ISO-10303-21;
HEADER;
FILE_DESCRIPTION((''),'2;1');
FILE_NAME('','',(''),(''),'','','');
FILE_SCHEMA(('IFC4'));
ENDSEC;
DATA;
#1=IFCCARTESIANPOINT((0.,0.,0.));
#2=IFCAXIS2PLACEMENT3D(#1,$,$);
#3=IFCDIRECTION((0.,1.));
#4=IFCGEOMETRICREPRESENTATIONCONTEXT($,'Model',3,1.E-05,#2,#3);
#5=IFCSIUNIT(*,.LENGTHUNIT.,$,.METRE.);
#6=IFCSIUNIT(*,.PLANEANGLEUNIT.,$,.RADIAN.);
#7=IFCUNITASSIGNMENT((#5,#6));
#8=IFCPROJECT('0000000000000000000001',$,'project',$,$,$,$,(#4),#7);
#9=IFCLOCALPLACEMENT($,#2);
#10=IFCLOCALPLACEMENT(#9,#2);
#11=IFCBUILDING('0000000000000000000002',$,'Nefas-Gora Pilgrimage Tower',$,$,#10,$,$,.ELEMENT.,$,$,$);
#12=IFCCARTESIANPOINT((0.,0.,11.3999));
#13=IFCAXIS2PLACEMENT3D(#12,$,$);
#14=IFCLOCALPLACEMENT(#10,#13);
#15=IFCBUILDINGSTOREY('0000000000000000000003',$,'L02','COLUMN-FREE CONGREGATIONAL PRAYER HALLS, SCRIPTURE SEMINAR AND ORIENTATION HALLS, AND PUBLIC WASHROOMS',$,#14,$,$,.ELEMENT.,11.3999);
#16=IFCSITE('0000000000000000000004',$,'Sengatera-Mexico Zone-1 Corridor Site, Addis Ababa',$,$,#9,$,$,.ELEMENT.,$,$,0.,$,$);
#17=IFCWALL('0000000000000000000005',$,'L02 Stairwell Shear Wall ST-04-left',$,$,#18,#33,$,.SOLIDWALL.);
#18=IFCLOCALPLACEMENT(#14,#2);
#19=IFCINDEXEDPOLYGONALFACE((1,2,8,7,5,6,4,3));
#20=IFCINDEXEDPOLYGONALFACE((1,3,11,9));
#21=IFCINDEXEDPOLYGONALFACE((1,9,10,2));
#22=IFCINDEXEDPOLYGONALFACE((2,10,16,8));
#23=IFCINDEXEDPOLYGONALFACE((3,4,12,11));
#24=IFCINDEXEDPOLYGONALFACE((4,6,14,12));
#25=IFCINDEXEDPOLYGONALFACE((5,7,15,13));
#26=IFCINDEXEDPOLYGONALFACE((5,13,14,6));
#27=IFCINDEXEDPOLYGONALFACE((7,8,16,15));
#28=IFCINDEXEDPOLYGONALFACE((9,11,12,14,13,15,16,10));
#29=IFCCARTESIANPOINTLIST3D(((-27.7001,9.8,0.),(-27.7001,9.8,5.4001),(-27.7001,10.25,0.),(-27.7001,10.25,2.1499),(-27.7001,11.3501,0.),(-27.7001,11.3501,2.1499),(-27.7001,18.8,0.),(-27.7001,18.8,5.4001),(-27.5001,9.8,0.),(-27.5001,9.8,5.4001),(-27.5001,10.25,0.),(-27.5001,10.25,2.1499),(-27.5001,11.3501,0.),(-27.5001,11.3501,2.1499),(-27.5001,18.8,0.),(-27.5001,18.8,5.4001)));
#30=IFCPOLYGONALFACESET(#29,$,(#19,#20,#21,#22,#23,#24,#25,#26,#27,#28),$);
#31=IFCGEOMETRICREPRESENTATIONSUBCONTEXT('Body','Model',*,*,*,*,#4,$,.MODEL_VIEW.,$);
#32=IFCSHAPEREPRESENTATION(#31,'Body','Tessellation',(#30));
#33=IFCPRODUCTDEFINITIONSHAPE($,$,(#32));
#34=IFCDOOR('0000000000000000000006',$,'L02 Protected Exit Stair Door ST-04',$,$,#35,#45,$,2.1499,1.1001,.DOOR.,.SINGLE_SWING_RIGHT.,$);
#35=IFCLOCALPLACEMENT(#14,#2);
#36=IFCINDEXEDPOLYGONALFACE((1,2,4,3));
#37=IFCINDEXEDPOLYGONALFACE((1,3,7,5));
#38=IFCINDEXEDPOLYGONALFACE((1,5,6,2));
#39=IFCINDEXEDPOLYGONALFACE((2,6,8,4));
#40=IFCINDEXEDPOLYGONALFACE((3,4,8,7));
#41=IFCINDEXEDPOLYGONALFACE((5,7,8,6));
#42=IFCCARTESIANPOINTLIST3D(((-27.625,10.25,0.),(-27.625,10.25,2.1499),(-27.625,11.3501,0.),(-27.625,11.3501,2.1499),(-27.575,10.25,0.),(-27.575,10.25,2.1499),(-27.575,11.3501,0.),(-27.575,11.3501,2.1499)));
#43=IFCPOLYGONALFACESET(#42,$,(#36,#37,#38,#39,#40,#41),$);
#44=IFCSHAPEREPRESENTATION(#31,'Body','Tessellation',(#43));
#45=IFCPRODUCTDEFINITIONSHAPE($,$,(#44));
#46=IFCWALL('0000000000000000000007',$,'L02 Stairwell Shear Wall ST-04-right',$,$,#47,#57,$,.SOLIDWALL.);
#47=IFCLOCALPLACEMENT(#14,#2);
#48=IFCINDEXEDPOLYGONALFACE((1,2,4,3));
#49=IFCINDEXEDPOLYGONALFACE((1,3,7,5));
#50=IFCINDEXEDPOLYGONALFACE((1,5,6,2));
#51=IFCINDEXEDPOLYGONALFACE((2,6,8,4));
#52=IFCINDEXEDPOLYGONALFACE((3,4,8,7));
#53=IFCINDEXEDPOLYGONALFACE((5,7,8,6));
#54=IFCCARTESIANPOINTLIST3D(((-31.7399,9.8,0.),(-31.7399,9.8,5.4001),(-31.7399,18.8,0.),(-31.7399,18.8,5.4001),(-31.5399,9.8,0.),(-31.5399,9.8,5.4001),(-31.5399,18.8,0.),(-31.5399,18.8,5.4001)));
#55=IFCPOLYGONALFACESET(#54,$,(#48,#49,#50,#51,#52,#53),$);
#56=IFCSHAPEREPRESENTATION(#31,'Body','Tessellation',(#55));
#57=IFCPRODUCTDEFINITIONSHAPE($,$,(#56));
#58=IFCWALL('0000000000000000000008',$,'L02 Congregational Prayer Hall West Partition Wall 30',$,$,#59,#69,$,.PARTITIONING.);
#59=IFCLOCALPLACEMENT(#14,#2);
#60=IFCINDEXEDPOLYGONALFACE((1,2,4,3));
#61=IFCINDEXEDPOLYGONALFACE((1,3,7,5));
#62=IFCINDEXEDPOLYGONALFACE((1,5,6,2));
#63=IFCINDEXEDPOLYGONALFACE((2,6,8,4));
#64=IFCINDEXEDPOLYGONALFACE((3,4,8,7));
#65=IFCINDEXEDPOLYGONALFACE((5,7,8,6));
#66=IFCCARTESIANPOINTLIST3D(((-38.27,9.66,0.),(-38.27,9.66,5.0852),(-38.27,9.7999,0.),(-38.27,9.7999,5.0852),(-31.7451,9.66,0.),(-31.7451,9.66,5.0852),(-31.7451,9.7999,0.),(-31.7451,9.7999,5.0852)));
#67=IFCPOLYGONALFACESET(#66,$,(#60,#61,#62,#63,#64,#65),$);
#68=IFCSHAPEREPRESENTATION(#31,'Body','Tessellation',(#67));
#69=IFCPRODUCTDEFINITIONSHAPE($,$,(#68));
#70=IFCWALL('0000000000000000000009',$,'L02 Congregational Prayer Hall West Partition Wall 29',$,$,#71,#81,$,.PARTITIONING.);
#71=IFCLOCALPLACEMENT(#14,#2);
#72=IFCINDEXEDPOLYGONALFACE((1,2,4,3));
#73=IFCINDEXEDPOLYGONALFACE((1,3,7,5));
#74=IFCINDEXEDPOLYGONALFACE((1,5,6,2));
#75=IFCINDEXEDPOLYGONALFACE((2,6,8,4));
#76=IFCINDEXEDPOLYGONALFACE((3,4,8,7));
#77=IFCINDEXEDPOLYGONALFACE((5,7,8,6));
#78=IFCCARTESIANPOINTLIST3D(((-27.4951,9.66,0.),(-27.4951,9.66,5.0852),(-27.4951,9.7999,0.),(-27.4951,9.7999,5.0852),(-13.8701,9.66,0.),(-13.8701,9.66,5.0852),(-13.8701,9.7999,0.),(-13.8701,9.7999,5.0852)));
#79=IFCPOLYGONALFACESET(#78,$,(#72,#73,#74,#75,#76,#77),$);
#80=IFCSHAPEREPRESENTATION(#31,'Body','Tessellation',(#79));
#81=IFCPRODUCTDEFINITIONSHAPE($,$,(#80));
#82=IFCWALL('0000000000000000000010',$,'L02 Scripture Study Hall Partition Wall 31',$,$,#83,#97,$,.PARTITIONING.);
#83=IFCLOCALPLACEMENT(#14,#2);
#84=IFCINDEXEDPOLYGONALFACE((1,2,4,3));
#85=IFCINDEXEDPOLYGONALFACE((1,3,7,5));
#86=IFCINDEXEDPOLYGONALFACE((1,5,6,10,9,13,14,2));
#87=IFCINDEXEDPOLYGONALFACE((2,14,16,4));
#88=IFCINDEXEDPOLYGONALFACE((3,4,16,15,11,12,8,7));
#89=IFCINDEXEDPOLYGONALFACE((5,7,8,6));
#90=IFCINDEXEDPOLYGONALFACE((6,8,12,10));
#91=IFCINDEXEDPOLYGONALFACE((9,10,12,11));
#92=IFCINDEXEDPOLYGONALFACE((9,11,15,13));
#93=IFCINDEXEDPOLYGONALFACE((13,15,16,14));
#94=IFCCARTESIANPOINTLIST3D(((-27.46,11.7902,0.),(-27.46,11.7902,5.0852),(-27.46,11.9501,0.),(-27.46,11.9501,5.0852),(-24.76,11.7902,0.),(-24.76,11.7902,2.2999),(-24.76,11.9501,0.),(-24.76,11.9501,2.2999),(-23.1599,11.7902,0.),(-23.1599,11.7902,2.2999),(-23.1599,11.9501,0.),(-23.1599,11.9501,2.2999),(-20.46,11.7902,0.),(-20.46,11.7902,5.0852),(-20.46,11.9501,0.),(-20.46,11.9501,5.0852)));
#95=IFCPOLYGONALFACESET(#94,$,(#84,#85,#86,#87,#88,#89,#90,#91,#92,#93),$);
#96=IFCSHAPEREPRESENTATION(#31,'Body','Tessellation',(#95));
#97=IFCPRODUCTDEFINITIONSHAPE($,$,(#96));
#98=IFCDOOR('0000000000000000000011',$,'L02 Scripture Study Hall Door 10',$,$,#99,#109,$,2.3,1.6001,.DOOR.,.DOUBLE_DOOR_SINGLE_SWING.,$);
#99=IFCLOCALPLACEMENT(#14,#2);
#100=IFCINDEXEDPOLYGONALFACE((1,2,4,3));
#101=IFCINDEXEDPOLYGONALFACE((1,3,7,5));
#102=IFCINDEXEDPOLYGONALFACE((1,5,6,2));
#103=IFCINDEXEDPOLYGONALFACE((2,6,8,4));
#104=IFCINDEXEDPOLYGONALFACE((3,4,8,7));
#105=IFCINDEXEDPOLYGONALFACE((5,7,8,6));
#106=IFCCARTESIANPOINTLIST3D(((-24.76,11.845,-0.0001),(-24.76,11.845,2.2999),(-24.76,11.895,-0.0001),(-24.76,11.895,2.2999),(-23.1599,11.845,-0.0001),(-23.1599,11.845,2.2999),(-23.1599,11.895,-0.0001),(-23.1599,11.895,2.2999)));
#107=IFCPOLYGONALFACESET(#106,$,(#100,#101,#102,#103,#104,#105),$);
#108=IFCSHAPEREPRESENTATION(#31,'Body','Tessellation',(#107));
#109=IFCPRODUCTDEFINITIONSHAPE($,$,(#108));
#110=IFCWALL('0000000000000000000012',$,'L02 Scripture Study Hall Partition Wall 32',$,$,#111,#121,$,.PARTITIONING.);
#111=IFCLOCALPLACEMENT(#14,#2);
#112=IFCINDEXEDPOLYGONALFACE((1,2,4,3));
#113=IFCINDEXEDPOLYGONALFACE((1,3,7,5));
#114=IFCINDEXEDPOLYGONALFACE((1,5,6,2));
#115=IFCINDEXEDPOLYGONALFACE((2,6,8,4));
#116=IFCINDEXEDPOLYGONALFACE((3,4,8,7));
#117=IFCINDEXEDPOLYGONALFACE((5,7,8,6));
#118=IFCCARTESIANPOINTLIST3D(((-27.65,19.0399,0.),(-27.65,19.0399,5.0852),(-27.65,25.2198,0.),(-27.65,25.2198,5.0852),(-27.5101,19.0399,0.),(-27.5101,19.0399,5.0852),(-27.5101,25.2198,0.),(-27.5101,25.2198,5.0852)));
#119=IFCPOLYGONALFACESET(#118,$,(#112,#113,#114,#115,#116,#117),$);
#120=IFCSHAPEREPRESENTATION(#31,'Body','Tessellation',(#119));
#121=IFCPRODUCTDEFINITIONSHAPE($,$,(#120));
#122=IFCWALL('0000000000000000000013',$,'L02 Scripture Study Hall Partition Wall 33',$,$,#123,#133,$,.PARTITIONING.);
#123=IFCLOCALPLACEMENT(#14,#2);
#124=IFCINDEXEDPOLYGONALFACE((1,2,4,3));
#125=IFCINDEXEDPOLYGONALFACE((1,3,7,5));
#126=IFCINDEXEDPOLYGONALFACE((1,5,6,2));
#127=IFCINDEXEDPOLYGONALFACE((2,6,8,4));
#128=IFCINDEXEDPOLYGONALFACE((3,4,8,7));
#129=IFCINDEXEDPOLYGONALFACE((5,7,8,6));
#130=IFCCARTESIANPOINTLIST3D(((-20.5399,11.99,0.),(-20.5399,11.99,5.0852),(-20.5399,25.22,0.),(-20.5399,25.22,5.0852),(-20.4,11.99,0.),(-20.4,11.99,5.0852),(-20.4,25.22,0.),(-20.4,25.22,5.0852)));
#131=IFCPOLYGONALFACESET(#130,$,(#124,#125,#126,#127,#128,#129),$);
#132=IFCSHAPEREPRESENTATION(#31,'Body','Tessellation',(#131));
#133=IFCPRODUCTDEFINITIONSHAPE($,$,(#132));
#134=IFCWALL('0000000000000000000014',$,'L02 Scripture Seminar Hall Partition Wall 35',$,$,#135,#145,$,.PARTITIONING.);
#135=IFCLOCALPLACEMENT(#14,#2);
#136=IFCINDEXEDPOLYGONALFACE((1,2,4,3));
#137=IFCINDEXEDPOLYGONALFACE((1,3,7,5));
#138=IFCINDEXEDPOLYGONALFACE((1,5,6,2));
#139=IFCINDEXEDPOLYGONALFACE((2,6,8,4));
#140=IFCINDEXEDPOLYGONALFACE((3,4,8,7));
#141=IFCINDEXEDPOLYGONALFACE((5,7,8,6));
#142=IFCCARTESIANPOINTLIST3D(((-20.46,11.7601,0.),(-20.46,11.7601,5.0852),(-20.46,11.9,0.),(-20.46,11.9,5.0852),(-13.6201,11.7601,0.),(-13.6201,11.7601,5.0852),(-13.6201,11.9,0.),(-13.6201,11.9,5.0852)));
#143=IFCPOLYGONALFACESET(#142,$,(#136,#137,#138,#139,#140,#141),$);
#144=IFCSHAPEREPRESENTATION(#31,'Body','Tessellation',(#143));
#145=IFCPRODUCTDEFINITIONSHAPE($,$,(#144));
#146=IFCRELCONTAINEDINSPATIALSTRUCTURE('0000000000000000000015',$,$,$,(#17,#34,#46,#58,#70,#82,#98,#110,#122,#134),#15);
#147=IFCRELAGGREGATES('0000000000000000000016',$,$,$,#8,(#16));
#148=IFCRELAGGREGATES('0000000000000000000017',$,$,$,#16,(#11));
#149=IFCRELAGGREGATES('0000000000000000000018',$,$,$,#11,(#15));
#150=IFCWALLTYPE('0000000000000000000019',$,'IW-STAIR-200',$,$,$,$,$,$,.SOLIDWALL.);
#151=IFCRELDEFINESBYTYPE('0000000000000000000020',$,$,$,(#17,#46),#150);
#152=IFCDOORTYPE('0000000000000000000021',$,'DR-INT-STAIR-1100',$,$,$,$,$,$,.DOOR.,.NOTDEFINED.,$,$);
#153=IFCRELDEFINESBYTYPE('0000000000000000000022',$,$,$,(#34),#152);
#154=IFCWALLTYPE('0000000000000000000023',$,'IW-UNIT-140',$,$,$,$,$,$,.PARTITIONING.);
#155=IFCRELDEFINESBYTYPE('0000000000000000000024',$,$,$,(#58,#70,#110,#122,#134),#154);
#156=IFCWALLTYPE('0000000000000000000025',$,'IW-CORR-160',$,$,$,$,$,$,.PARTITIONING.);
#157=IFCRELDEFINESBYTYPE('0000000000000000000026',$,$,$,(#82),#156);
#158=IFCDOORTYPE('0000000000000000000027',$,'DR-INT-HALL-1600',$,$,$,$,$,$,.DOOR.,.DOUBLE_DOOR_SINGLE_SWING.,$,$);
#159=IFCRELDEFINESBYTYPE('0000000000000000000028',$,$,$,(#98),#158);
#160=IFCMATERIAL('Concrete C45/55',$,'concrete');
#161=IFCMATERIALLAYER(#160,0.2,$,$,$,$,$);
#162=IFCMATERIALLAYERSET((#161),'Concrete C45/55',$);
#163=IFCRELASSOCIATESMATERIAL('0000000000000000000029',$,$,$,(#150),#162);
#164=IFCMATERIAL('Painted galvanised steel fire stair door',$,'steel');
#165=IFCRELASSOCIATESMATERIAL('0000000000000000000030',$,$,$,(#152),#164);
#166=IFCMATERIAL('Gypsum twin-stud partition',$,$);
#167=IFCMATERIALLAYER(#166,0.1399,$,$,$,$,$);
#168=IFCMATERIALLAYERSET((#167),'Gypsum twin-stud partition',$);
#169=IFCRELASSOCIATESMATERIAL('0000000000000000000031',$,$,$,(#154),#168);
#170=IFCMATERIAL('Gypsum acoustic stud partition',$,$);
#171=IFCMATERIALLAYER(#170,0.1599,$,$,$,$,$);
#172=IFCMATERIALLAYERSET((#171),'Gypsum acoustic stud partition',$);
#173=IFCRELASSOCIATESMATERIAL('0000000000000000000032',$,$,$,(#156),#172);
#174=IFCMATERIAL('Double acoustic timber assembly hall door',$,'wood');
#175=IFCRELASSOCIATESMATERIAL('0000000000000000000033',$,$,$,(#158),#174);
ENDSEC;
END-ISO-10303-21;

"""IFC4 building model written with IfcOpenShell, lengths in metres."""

from ifc_helpers import new_model, si_unit, direction, frame, frame_2d, origin, place, context, subcontext, project, spatial, rectangle, extrude, source, transform, mapped, material, layer, layer_set, type_object, element, fill, save


model = new_model("IFC4")

# Units and contexts
model_context = context("Model", 3, precision=1e-05, world=origin(), true_north=direction((0.0, 1.0)))
body_context = subcontext(model_context, "Body", "Model", "MODEL_VIEW")
ifc_project = project(units=[si_unit("LENGTHUNIT", "METRE"), si_unit("PLANEANGLEUNIT", "RADIAN")], contexts=[model_context])

# Site, building, storey
site_placement = place(None, origin())
site = spatial("IfcSite", under=ifc_project, at=site_placement, Name="Sengatera-Mexico Zone-1 Corridor Site, Addis Ababa", CompositionType="ELEMENT", RefElevation=0.0)
building_placement = place(site_placement, origin())
building = spatial("IfcBuilding", under=site, at=building_placement, Name="Nefas-Gora Pilgrimage Tower", CompositionType="ELEMENT")
storey_placement = place(building_placement, frame((0.0, 0.0, 11.3999)))
storey = spatial("IfcBuildingStorey", under=building, at=storey_placement, Name="L02", Description="COLUMN-FREE CONGREGATIONAL PRAYER HALLS, SCRIPTURE SEMINAR AND ORIENTATION HALLS, AND PUBLIC WASHROOMS", CompositionType="ELEMENT", Elevation=11.3999)

# Shared definitions
ifc_material_1 = material(Name="Concrete C45/55", Category="concrete")
ifc_layer_1 = layer(ifc_material_1, 0.2)
ifc_layer_set_1 = layer_set([ifc_layer_1], Name="Concrete C45/55")
wall_type_1 = type_object("IfcWallType", Name="IW-STAIR-200", PredefinedType="SOLIDWALL", material=ifc_layer_set_1)

# Wall, opening, door
shared_shape_1 = source(origin(), body_context, "Body", "SweptSolid", [
    extrude(rectangle(XDim=9.0, YDim=0.2, at=frame_2d((4.5, 0.0))), origin(), (0.0, 0.0, 1.0), 5.4001),
])
wall_1_placement = place(storey_placement, frame((-27.6001, 9.8, 0.0), z_axis=(0.0, 0.0, 1.0), x_axis=(0.0, 1.0, 0.0)))
wall_1 = element("IfcWall", 1, at=wall_1_placement, inside=storey, type_object=wall_type_1, Name="L02 Stairwell Shear Wall ST-04-left", PredefinedType="SOLIDWALL", context=body_context, shape_type="MappedRepresentation", body=[
    mapped(shared_shape_1, transform((0.0, 0.0, 0.0), x_axis=(1.0, 0.0, 0.0), y_axis=(0.0, 1.0, 0.0), z_axis=(0.0, 0.0, 1.0), scale=1.0)),
])
opening_1_placement = place(wall_1_placement, frame((0.45, 0.0, 0.0)))
opening_1 = element("IfcOpeningElement", 2, at=opening_1_placement, cuts=wall_1, PredefinedType="OPENING", context=body_context, shape_type="SweptSolid", body=[
    extrude(rectangle(XDim=1.1001, YDim=2.1499, at=frame_2d((0.55, 1.075))), frame((0.0, 0.1099, 0.0), z_axis=(0.0, -1.0, 0.0), x_axis=(1.0, 0.0, 0.0)), (0.0, 0.0, 1.0), 0.22),
])
ifc_material_2 = material(Name="Painted galvanised steel fire stair door", Category="steel")
door_type_1 = type_object("IfcDoorType", Name="DR-INT-STAIR-1100", OperationType="NOTDEFINED", PredefinedType="DOOR", material=ifc_material_2)
shared_shape_2 = source(origin(), body_context, "Body", "SweptSolid", [
    extrude(rectangle(XDim=1.1001, YDim=2.1499, at=frame_2d((0.55, 1.075))), frame((0.0, 0.0249, 0.0), z_axis=(0.0, -1.0, 0.0), x_axis=(1.0, 0.0, 0.0)), (0.0, 0.0, 1.0), 0.05),
])
door_1_placement = place(opening_1_placement, origin())
door_1 = element("IfcDoor", 3, at=door_1_placement, inside=storey, type_object=door_type_1, Name="L02 Protected Exit Stair Door ST-04", OperationType="SINGLE_SWING_RIGHT", OverallHeight=2.1499, OverallWidth=1.1001, PredefinedType="DOOR", context=body_context, shape_type="MappedRepresentation", body=[
    mapped(shared_shape_2, transform((0.0, 0.0, 0.0), x_axis=(1.0, 0.0, 0.0), y_axis=(0.0, 1.0, 0.0), z_axis=(0.0, 0.0, 1.0), scale=1.0)),
])
fill(opening_1, door_1)

# Walls
wall_2_placement = place(storey_placement, frame((-31.6399, 9.8, 0.0), z_axis=(0.0, 0.0, 1.0), x_axis=(0.0, 1.0, 0.0)))
element("IfcWall", 4, at=wall_2_placement, inside=storey, type_object=wall_type_1, Name="L02 Stairwell Shear Wall ST-04-right", PredefinedType="SOLIDWALL", context=body_context, shape_type="MappedRepresentation", body=[
    mapped(shared_shape_1, transform((0.0, 0.0, 0.0), x_axis=(1.0, 0.0, 0.0), y_axis=(0.0, 1.0, 0.0), z_axis=(0.0, 0.0, 1.0), scale=1.0)),
])
ifc_material_3 = material(Name="Gypsum twin-stud partition")
ifc_layer_2 = layer(ifc_material_3, 0.1399)
ifc_layer_set_2 = layer_set([ifc_layer_2], Name="Gypsum twin-stud partition")
wall_type_2 = type_object("IfcWallType", Name="IW-UNIT-140", PredefinedType="PARTITIONING", material=ifc_layer_set_2)
shared_shape_3 = source(origin(), body_context, "Body", "SweptSolid", [
    extrude(rectangle(XDim=6.5249, YDim=0.1399, at=frame_2d((3.2625, 0.0))), origin(), (0.0, 0.0, 1.0), 5.0852),
])
wall_3_placement = place(storey_placement, frame((-38.27, 9.73, 0.0), z_axis=(0.0, 0.0, 1.0), x_axis=(1.0, 0.0, 0.0)))
element("IfcWall", 5, at=wall_3_placement, inside=storey, type_object=wall_type_2, Name="L02 Congregational Prayer Hall West Partition Wall 30", PredefinedType="PARTITIONING", context=body_context, shape_type="MappedRepresentation", body=[
    mapped(shared_shape_3, transform((0.0, 0.0, 0.0), x_axis=(1.0, 0.0, 0.0), y_axis=(0.0, 1.0, 0.0), z_axis=(0.0, 0.0, 1.0), scale=1.0)),
])
shared_shape_4 = source(origin(), body_context, "Body", "SweptSolid", [
    extrude(rectangle(XDim=13.625, YDim=0.1399, at=frame_2d((6.8125, 0.0))), origin(), (0.0, 0.0, 1.0), 5.0852),
])
wall_4_placement = place(storey_placement, frame((-27.4951, 9.73, 0.0), z_axis=(0.0, 0.0, 1.0), x_axis=(1.0, 0.0, 0.0)))
element("IfcWall", 6, at=wall_4_placement, inside=storey, type_object=wall_type_2, Name="L02 Congregational Prayer Hall West Partition Wall 29", PredefinedType="PARTITIONING", context=body_context, shape_type="MappedRepresentation", body=[
    mapped(shared_shape_4, transform((0.0, 0.0, 0.0), x_axis=(1.0, 0.0, 0.0), y_axis=(0.0, 1.0, 0.0), z_axis=(0.0, 0.0, 1.0), scale=1.0)),
])

# Wall, opening, door
ifc_material_4 = material(Name="Gypsum acoustic stud partition")
ifc_layer_3 = layer(ifc_material_4, 0.1599)
ifc_layer_set_3 = layer_set([ifc_layer_3], Name="Gypsum acoustic stud partition")
wall_type_3 = type_object("IfcWallType", Name="IW-CORR-160", PredefinedType="PARTITIONING", material=ifc_layer_set_3)
shared_shape_5 = source(origin(), body_context, "Body", "SweptSolid", [
    extrude(rectangle(XDim=7.0, YDim=0.1599, at=frame_2d((3.5, 0.0))), origin(), (0.0, 0.0, 1.0), 5.0852),
])
wall_5_placement = place(storey_placement, frame((-27.46, 11.8701, 0.0), z_axis=(0.0, 0.0, 1.0), x_axis=(1.0, 0.0, 0.0)))
wall_5 = element("IfcWall", 7, at=wall_5_placement, inside=storey, type_object=wall_type_3, Name="L02 Scripture Study Hall Partition Wall 31", PredefinedType="PARTITIONING", context=body_context, shape_type="MappedRepresentation", body=[
    mapped(shared_shape_5, transform((0.0, 0.0, 0.0), x_axis=(1.0, 0.0, 0.0), y_axis=(0.0, 1.0, 0.0), z_axis=(0.0, 0.0, 1.0), scale=1.0)),
])
opening_2_placement = place(wall_5_placement, frame((2.7, 0.0, 0.0)))
opening_2 = element("IfcOpeningElement", 8, at=opening_2_placement, cuts=wall_5, PredefinedType="OPENING", context=body_context, shape_type="SweptSolid", body=[
    extrude(rectangle(XDim=1.6001, YDim=2.3, at=frame_2d((0.8, 1.1499))), frame((0.0, 0.0898, 0.0), z_axis=(0.0, -1.0, 0.0), x_axis=(1.0, 0.0, 0.0)), (0.0, 0.0, 1.0), 0.1799),
])
ifc_material_5 = material(Name="Double acoustic timber assembly hall door", Category="wood")
door_type_2 = type_object("IfcDoorType", Name="DR-INT-HALL-1600", OperationType="DOUBLE_DOOR_SINGLE_SWING", PredefinedType="DOOR", material=ifc_material_5)
shared_shape_6 = source(origin(), body_context, "Body", "SweptSolid", [
    extrude(rectangle(XDim=1.6001, YDim=2.3, at=frame_2d((0.8, 1.1499))), frame((0.0, 0.0249, 0.0), z_axis=(0.0, -1.0, 0.0), x_axis=(1.0, 0.0, 0.0)), (0.0, 0.0, 1.0), 0.05),
])
door_2_placement = place(opening_2_placement, origin())
door_2 = element("IfcDoor", 9, at=door_2_placement, inside=storey, type_object=door_type_2, Name="L02 Scripture Study Hall Door 10", OperationType="DOUBLE_DOOR_SINGLE_SWING", OverallHeight=2.3, OverallWidth=1.6001, PredefinedType="DOOR", context=body_context, shape_type="MappedRepresentation", body=[
    mapped(shared_shape_6, transform((0.0, 0.0, 0.0), x_axis=(1.0, 0.0, 0.0), y_axis=(0.0, 1.0, 0.0), z_axis=(0.0, 0.0, 1.0), scale=1.0)),
])
fill(opening_2, door_2)

# Walls
shared_shape_7 = source(origin(), body_context, "Body", "SweptSolid", [
    extrude(rectangle(XDim=6.1799, YDim=0.1399, at=frame_2d((3.0898, 0.0))), origin(), (0.0, 0.0, 1.0), 5.0852),
])
wall_6_placement = place(storey_placement, frame((-27.5801, 19.04, 0.0), z_axis=(0.0, 0.0, 1.0), x_axis=(0.0, 1.0, 0.0)))
element("IfcWall", 10, at=wall_6_placement, inside=storey, type_object=wall_type_2, Name="L02 Scripture Study Hall Partition Wall 32", PredefinedType="PARTITIONING", context=body_context, shape_type="MappedRepresentation", body=[
    mapped(shared_shape_7, transform((0.0, 0.0, 0.0), x_axis=(1.0, 0.0, 0.0), y_axis=(0.0, 1.0, 0.0), z_axis=(0.0, 0.0, 1.0), scale=1.0)),
])
shared_shape_8 = source(origin(), body_context, "Body", "SweptSolid", [
    extrude(rectangle(XDim=13.23, YDim=0.1399, at=frame_2d((6.615, 0.0))), origin(), (0.0, 0.0, 1.0), 5.0852),
])
wall_7_placement = place(storey_placement, frame((-20.47, 11.99, 0.0), z_axis=(0.0, 0.0, 1.0), x_axis=(0.0, 1.0, 0.0)))
element("IfcWall", 11, at=wall_7_placement, inside=storey, type_object=wall_type_2, Name="L02 Scripture Study Hall Partition Wall 33", PredefinedType="PARTITIONING", context=body_context, shape_type="MappedRepresentation", body=[
    mapped(shared_shape_8, transform((0.0, 0.0, 0.0), x_axis=(1.0, 0.0, 0.0), y_axis=(0.0, 1.0, 0.0), z_axis=(0.0, 0.0, 1.0), scale=1.0)),
])
shared_shape_9 = source(origin(), body_context, "Body", "SweptSolid", [
    extrude(rectangle(XDim=6.8398, YDim=0.1399, at=frame_2d((3.4199, 0.0))), origin(), (0.0, 0.0, 1.0), 5.0852),
])
wall_8_placement = place(storey_placement, frame((-20.46, 11.8301, 0.0), z_axis=(0.0, 0.0, 1.0), x_axis=(1.0, 0.0, 0.0)))
element("IfcWall", 12, at=wall_8_placement, inside=storey, type_object=wall_type_2, Name="L02 Scripture Seminar Hall Partition Wall 35", PredefinedType="PARTITIONING", context=body_context, shape_type="MappedRepresentation", body=[
    mapped(shared_shape_9, transform((0.0, 0.0, 0.0), x_axis=(1.0, 0.0, 0.0), y_axis=(0.0, 1.0, 0.0), z_axis=(0.0, 0.0, 1.0), scale=1.0)),
])

save(model, "model.ifc")
